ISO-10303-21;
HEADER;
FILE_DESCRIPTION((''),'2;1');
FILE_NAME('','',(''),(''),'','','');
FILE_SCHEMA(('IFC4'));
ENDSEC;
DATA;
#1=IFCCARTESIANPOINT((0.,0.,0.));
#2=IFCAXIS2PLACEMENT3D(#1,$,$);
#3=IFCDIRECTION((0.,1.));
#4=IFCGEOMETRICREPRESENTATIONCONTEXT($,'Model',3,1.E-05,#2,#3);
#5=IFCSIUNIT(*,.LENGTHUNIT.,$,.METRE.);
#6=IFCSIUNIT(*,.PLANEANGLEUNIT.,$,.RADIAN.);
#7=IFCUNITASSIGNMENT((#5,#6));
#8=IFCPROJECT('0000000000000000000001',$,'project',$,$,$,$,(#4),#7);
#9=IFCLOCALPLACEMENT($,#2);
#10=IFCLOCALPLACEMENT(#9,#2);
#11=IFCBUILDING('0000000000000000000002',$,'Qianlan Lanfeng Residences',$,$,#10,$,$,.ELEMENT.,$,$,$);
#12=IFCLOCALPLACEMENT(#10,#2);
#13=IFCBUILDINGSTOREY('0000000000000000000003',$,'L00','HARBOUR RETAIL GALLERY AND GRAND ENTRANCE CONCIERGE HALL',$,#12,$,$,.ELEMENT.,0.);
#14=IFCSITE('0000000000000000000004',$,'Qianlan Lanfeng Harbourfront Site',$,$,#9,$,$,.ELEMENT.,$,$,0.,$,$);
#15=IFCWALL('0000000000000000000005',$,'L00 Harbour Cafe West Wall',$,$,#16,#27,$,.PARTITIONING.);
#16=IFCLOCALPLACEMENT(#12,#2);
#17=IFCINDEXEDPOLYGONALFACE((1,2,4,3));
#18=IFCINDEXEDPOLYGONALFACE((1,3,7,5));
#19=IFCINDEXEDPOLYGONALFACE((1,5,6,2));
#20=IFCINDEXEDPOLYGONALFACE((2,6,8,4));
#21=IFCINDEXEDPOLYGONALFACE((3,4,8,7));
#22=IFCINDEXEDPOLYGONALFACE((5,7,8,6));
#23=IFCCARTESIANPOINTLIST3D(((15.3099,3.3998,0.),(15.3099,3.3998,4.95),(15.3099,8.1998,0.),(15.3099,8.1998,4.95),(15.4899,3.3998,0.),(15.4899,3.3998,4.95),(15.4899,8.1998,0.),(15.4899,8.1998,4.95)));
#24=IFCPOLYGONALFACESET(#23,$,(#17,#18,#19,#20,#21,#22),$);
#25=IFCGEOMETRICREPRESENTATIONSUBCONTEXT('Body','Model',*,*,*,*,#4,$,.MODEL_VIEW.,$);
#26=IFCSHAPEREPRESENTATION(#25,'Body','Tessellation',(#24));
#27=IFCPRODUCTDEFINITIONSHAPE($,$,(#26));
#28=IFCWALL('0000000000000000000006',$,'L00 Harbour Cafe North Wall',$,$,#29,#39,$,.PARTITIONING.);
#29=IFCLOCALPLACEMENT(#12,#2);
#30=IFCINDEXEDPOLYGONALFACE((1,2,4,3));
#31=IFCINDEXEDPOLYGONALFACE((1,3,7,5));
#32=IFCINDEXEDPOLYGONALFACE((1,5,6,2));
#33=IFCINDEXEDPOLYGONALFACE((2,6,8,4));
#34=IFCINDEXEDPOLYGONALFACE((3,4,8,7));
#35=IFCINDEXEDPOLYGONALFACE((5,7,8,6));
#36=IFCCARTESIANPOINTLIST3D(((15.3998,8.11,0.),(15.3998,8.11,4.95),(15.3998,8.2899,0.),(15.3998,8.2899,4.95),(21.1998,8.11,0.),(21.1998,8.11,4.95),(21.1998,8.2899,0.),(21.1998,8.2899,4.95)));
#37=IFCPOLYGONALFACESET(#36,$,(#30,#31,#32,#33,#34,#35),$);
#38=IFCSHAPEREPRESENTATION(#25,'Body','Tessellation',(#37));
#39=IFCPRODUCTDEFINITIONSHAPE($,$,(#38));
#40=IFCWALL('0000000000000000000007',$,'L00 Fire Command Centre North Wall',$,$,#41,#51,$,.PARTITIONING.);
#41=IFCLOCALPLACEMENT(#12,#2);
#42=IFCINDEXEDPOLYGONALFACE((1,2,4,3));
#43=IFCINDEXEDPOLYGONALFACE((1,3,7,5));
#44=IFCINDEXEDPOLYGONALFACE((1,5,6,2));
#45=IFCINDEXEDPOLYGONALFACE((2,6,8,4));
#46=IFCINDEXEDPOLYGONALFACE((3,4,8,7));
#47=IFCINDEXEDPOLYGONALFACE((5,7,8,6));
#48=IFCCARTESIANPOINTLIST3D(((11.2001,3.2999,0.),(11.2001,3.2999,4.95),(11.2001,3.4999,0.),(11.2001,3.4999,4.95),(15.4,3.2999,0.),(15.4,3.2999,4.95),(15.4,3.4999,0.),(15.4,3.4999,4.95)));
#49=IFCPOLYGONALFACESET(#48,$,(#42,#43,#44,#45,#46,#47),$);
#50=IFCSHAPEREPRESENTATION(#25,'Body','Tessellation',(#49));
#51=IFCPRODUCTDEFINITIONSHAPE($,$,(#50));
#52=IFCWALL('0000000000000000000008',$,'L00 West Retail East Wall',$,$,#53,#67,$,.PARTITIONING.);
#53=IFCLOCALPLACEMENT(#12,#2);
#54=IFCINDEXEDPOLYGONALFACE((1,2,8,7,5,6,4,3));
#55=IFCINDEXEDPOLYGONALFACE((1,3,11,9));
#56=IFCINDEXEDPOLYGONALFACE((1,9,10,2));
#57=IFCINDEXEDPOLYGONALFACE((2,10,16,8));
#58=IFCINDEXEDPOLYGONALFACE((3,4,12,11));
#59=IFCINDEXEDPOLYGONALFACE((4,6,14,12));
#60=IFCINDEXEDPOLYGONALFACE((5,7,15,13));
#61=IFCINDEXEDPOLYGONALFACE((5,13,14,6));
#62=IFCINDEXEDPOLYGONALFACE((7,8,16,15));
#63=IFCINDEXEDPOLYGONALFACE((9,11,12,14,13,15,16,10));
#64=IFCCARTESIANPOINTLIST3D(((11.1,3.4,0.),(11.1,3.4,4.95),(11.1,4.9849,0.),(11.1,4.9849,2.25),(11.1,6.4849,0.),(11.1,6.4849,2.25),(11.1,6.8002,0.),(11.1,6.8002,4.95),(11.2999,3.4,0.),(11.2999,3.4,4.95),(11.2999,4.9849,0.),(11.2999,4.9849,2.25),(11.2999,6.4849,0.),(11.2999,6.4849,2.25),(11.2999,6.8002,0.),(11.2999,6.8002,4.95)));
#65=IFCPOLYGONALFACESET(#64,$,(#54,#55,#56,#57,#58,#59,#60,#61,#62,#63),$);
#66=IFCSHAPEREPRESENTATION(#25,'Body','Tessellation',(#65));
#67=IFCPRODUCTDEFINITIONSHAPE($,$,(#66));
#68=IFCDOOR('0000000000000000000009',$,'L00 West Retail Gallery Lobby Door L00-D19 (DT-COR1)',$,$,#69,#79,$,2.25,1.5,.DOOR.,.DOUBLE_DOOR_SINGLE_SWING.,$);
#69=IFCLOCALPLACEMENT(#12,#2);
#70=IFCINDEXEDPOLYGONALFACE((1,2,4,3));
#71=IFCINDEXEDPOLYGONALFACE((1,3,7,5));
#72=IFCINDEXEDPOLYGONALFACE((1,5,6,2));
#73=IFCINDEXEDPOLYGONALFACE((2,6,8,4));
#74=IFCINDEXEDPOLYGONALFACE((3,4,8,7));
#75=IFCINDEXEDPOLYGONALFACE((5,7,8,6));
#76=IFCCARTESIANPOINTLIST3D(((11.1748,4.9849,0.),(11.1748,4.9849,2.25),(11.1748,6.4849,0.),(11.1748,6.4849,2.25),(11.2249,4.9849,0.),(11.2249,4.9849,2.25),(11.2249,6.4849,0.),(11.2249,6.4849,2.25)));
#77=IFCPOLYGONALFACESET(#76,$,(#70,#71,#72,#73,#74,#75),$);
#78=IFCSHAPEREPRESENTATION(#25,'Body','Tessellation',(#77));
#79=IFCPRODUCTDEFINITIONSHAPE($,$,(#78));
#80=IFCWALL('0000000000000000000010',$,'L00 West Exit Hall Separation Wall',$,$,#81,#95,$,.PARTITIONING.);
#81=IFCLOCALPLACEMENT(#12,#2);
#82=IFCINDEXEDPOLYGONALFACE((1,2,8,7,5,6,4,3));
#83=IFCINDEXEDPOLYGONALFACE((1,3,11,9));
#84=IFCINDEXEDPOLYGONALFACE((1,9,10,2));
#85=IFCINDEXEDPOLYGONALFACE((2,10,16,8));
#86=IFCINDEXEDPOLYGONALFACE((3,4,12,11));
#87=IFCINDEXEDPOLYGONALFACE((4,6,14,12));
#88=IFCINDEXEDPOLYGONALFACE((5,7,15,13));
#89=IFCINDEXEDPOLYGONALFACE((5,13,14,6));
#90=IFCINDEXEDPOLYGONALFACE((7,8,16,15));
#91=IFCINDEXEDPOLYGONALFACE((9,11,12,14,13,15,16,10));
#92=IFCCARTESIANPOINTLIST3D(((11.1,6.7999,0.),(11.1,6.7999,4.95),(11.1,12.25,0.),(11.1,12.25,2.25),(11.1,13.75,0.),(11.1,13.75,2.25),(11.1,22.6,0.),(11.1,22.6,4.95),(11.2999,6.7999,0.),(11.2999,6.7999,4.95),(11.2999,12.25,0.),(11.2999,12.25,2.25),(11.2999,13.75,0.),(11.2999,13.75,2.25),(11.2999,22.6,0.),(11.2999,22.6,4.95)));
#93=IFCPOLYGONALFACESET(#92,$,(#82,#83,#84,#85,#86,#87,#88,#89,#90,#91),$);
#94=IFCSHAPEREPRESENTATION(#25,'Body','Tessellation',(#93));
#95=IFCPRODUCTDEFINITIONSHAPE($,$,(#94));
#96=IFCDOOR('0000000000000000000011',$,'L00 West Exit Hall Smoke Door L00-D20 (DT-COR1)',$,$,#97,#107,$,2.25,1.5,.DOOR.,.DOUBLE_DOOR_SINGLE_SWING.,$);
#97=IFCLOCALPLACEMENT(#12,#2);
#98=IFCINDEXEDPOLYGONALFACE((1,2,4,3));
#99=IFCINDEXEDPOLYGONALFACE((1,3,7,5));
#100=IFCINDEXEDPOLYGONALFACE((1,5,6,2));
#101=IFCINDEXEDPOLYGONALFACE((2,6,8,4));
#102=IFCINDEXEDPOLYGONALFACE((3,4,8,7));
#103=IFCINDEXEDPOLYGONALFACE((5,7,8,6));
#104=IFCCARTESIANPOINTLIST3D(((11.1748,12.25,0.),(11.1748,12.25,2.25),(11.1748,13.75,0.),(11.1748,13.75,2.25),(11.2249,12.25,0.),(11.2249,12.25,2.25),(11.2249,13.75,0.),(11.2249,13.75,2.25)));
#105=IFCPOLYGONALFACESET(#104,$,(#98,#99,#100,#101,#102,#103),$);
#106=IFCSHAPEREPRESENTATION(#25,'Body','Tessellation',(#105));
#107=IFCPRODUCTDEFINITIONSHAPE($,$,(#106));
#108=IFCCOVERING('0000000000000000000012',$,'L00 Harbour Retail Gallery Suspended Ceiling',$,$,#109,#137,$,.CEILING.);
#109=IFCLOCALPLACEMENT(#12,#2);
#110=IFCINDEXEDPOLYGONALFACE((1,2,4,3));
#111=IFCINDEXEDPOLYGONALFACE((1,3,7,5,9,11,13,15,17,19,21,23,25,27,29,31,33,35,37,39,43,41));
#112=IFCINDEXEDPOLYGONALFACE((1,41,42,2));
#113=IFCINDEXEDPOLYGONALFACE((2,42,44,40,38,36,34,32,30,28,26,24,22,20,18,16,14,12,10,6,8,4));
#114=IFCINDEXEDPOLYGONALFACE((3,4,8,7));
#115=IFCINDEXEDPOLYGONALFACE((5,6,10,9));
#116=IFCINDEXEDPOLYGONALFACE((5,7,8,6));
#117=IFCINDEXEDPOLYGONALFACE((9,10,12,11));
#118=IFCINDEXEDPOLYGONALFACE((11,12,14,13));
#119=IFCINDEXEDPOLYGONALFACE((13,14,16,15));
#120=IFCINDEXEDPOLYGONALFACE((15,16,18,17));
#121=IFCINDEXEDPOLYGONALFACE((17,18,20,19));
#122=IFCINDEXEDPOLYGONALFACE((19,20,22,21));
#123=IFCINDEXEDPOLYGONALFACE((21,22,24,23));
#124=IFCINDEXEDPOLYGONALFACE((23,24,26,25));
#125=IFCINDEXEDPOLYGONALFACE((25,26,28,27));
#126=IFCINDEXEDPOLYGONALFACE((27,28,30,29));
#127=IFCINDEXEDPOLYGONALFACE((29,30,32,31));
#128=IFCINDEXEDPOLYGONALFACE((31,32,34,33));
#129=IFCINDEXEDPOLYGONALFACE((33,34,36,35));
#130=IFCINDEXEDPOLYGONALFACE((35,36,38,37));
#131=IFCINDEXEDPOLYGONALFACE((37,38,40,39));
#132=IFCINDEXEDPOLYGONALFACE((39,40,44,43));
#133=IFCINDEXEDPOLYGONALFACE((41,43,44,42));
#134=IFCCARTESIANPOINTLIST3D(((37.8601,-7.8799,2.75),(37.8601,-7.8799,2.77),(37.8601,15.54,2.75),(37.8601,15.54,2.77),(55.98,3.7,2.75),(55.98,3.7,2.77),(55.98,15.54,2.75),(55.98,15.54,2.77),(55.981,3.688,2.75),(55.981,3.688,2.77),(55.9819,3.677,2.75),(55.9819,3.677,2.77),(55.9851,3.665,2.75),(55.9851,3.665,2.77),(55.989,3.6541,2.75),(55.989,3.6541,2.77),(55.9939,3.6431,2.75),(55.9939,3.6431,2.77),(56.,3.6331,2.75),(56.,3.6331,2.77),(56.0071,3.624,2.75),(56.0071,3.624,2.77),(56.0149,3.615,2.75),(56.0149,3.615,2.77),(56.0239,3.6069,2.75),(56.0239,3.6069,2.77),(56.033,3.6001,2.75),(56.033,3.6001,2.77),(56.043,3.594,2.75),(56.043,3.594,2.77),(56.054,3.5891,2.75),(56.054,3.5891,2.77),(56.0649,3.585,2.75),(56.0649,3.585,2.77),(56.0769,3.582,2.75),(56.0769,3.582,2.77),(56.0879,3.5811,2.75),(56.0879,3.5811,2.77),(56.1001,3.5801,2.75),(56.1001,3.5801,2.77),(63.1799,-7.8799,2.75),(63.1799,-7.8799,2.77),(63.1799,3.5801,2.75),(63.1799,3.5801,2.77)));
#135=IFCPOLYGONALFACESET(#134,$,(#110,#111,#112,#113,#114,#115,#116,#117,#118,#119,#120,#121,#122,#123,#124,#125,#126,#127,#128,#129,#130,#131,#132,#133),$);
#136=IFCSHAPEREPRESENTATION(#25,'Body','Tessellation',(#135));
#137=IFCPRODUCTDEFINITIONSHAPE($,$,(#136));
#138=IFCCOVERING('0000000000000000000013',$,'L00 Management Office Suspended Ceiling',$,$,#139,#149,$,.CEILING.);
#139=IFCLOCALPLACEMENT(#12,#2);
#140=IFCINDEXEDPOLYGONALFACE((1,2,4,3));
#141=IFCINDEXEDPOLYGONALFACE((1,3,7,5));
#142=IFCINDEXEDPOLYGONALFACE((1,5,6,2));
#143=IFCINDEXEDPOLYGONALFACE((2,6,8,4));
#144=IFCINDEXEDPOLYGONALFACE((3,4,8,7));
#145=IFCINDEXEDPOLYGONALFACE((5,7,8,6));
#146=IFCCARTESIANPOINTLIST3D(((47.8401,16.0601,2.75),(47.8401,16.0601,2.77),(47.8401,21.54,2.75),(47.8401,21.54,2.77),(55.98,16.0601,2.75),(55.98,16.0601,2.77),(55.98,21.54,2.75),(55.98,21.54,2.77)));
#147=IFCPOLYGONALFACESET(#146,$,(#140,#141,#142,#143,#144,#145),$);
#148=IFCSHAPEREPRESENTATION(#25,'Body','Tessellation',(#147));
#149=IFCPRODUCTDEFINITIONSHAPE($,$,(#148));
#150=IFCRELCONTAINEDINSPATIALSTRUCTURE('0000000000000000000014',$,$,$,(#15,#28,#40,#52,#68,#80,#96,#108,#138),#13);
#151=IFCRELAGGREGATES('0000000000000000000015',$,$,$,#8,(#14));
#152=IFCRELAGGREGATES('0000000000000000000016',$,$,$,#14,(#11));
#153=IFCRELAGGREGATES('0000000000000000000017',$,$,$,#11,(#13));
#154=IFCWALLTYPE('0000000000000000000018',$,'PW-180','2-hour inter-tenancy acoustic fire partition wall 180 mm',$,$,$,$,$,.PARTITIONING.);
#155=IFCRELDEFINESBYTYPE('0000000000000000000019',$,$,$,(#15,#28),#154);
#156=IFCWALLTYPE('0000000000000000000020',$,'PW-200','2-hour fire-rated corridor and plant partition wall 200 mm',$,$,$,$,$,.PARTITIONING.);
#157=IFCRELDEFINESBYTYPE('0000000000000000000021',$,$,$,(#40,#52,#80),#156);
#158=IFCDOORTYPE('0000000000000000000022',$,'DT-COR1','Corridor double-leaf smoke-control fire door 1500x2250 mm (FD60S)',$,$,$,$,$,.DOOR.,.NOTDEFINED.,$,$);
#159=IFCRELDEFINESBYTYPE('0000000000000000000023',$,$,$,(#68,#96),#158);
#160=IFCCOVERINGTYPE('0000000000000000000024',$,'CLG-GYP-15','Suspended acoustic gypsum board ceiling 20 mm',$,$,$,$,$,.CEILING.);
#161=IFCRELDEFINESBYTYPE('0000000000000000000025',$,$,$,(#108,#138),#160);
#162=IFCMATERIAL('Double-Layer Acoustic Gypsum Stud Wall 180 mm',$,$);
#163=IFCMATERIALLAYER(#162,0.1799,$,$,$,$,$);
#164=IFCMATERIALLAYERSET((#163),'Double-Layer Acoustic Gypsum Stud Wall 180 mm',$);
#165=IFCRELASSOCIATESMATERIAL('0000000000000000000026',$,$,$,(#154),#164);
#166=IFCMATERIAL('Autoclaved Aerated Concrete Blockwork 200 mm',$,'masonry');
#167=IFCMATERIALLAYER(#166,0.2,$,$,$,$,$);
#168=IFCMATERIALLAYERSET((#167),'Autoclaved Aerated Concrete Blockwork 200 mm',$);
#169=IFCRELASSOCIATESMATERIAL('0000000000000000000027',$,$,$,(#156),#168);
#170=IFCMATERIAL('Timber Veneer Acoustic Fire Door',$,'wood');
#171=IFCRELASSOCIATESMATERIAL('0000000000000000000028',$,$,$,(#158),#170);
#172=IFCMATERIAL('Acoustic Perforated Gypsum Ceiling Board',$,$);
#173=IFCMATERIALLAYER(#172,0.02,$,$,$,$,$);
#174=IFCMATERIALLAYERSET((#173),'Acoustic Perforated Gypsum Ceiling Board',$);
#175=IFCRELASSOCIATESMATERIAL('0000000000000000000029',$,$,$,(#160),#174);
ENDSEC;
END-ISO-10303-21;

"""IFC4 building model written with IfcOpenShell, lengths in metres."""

from ifc_helpers import new_model, si_unit, direction, frame, frame_2d, origin, place, context, subcontext, project, spatial, polyline, rectangle, outline, extrude, material, layer, layer_set, type_object, element, fill, save


model = new_model("IFC4")

# Units and contexts
model_context = context("Model", 3, precision=1e-05, world=origin(), true_north=direction((0.0, 1.0)))
body_context = subcontext(model_context, "Body", "Model", "MODEL_VIEW")
ifc_project = project(units=[si_unit("LENGTHUNIT", "METRE"), si_unit("PLANEANGLEUNIT", "RADIAN")], contexts=[model_context])

# Site, building, storey
site_placement = place(None, origin())
site = spatial("IfcSite", under=ifc_project, at=site_placement, Name="Qianlan Lanfeng Harbourfront Site", CompositionType="ELEMENT", RefElevation=0.0)
building_placement = place(site_placement, origin())
building = spatial("IfcBuilding", under=site, at=building_placement, Name="Qianlan Lanfeng Residences", CompositionType="ELEMENT")
storey_placement = place(building_placement, origin())
storey = spatial("IfcBuildingStorey", under=building, at=storey_placement, Name="L00", Description="HARBOUR RETAIL GALLERY AND GRAND ENTRANCE CONCIERGE HALL", CompositionType="ELEMENT", Elevation=0.0)

# Walls
ifc_material_1 = material(Name="Double-Layer Acoustic Gypsum Stud Wall 180 mm")
ifc_layer_1 = layer(ifc_material_1, 0.1799)
ifc_layer_set_1 = layer_set([ifc_layer_1], Name="Double-Layer Acoustic Gypsum Stud Wall 180 mm")
wall_type_1 = type_object("IfcWallType", Name="PW-180", Description="2-hour inter-tenancy acoustic fire partition wall 180 mm", PredefinedType="PARTITIONING", material=ifc_layer_set_1)
wall_1_placement = place(storey_placement, frame((15.3999, 3.3999, 0.0), z_axis=(0.0, 0.0, 1.0), x_axis=(0.0, 1.0, 0.0)))
element("IfcWall", 1, at=wall_1_placement, inside=storey, type_object=wall_type_1, Name="L00 Harbour Cafe West Wall", PredefinedType="PARTITIONING", context=body_context, shape_type="SweptSolid", body=[
    extrude(rectangle(XDim=4.8, YDim=0.1799, at=frame_2d((2.3999, 0.0))), origin(), (0.0, 0.0, 1.0), 4.95),
])
wall_2_placement = place(storey_placement, frame((15.3999, 8.2, 0.0), z_axis=(0.0, 0.0, 1.0), x_axis=(1.0, 0.0, 0.0)))
element("IfcWall", 2, at=wall_2_placement, inside=storey, type_object=wall_type_1, Name="L00 Harbour Cafe North Wall", PredefinedType="PARTITIONING", context=body_context, shape_type="SweptSolid", body=[
    extrude(rectangle(XDim=5.8, YDim=0.1799, at=frame_2d((2.8999, 0.0))), origin(), (0.0, 0.0, 1.0), 4.95),
])
ifc_material_2 = material(Name="Autoclaved Aerated Concrete Blockwork 200 mm", Category="masonry")
ifc_layer_2 = layer(ifc_material_2, 0.2)
ifc_layer_set_2 = layer_set([ifc_layer_2], Name="Autoclaved Aerated Concrete Blockwork 200 mm")
wall_type_2 = type_object("IfcWallType", Name="PW-200", Description="2-hour fire-rated corridor and plant partition wall 200 mm", PredefinedType="PARTITIONING", material=ifc_layer_set_2)
wall_3_placement = place(storey_placement, frame((11.2, 3.3999, 0.0), z_axis=(0.0, 0.0, 1.0), x_axis=(1.0, 0.0, 0.0)))
element("IfcWall", 3, at=wall_3_placement, inside=storey, type_object=wall_type_2, Name="L00 Fire Command Centre North Wall", PredefinedType="PARTITIONING", context=body_context, shape_type="SweptSolid", body=[
    extrude(rectangle(XDim=4.2, YDim=0.2, at=frame_2d((2.1001, 0.0))), origin(), (0.0, 0.0, 1.0), 4.95),
])

# Walls, openings, doors
wall_4_placement = place(storey_placement, frame((11.2, 3.3999, 0.0), z_axis=(0.0, 0.0, 1.0), x_axis=(0.0, 1.0, 0.0)))
wall_4 = element("IfcWall", 4, at=wall_4_placement, inside=storey, type_object=wall_type_2, Name="L00 West Retail East Wall", PredefinedType="PARTITIONING", context=body_context, shape_type="SweptSolid", body=[
    extrude(rectangle(XDim=3.4001, YDim=0.2, at=frame_2d((1.7002, 0.0))), origin(), (0.0, 0.0, 1.0), 4.95),
])
opening_1_placement = place(wall_4_placement, frame((1.585, 0.0, 0.0)))
opening_1 = element("IfcOpeningElement", 5, at=opening_1_placement, cuts=wall_4, PredefinedType="OPENING", context=body_context, shape_type="SweptSolid", body=[
    extrude(rectangle(XDim=1.5, YDim=2.25, at=frame_2d((0.75, 1.125))), frame((0.0, 0.1099, 0.0), z_axis=(0.0, -1.0, 0.0), x_axis=(1.0, 0.0, 0.0)), (0.0, 0.0, 1.0), 0.22),
])
ifc_material_3 = material(Name="Timber Veneer Acoustic Fire Door", Category="wood")
door_type = type_object("IfcDoorType", Name="DT-COR1", Description="Corridor double-leaf smoke-control fire door 1500x2250 mm (FD60S)", OperationType="NOTDEFINED", PredefinedType="DOOR", material=ifc_material_3)
door_1_placement = place(opening_1_placement, frame((1.5, 0.0, 0.0), z_axis=(0.0, 0.0, 1.0), x_axis=(-1.0, 0.0, 0.0)))
door_1 = element("IfcDoor", 6, at=door_1_placement, inside=storey, type_object=door_type, Name="L00 West Retail Gallery Lobby Door L00-D19 (DT-COR1)", OperationType="DOUBLE_DOOR_SINGLE_SWING", OverallHeight=2.25, OverallWidth=1.5, PredefinedType="DOOR", context=body_context, shape_type="SweptSolid", body=[
    extrude(rectangle(XDim=1.5, YDim=2.25, at=frame_2d((0.75, 1.125))), frame((0.0, 0.0249, 0.0), z_axis=(0.0, -1.0, 0.0), x_axis=(1.0, 0.0, 0.0)), (0.0, 0.0, 1.0), 0.05),
])
fill(opening_1, door_1)
wall_5_placement = place(storey_placement, frame((11.2, 6.8, 0.0), z_axis=(0.0, 0.0, 1.0), x_axis=(0.0, 1.0, 0.0)))
wall_5 = element("IfcWall", 7, at=wall_5_placement, inside=storey, type_object=wall_type_2, Name="L00 West Exit Hall Separation Wall", PredefinedType="PARTITIONING", context=body_context, shape_type="SweptSolid", body=[
    extrude(rectangle(XDim=15.8, YDim=0.2, at=frame_2d((7.8999, 0.0))), origin(), (0.0, 0.0, 1.0), 4.95),
])
opening_2_placement = place(wall_5_placement, frame((5.45, 0.0, 0.0)))
opening_2 = element("IfcOpeningElement", 8, at=opening_2_placement, cuts=wall_5, PredefinedType="OPENING", context=body_context, shape_type="SweptSolid", body=[
    extrude(rectangle(XDim=1.5, YDim=2.25, at=frame_2d((0.75, 1.125))), frame((0.0, 0.1099, 0.0), z_axis=(0.0, -1.0, 0.0), x_axis=(1.0, 0.0, 0.0)), (0.0, 0.0, 1.0), 0.22),
])
door_2_placement = place(opening_2_placement, frame((1.5, 0.0, 0.0), z_axis=(0.0, 0.0, 1.0), x_axis=(-1.0, 0.0, 0.0)))
door_2 = element("IfcDoor", 9, at=door_2_placement, inside=storey, type_object=door_type, Name="L00 West Exit Hall Smoke Door L00-D20 (DT-COR1)", OperationType="DOUBLE_DOOR_SINGLE_SWING", OverallHeight=2.25, OverallWidth=1.5, PredefinedType="DOOR", context=body_context, shape_type="SweptSolid", body=[
    extrude(rectangle(XDim=1.5, YDim=2.25, at=frame_2d((0.75, 1.125))), frame((0.0, 0.0249, 0.0), z_axis=(0.0, -1.0, 0.0), x_axis=(1.0, 0.0, 0.0)), (0.0, 0.0, 1.0), 0.05),
])
fill(opening_2, door_2)

# Coverings
ifc_material_4 = material(Name="Acoustic Perforated Gypsum Ceiling Board")
ifc_layer_3 = layer(ifc_material_4, 0.02)
ifc_layer_set_3 = layer_set([ifc_layer_3], Name="Acoustic Perforated Gypsum Ceiling Board")
covering_type_1 = type_object("IfcCoveringType", Name="CLG-GYP-15", Description="Suspended acoustic gypsum board ceiling 20 mm", PredefinedType="CEILING", material=ifc_layer_set_3)
covering_1_placement = place(storey_placement, frame((0.0, 0.0, 2.75)))
element("IfcCovering", 10, at=covering_1_placement, inside=storey, type_object=covering_type_1, Name="L00 Harbour Retail Gallery Suspended Ceiling", PredefinedType="CEILING", context=body_context, shape_type="SweptSolid", body=[
    extrude(outline(polyline([(63.1799, -7.8799), (63.1799, 3.5801), (56.1001, 3.5801), (56.0879, 3.5811), (56.0769, 3.582), (56.0649, 3.585), (56.054, 3.5891), (56.043, 3.594), (56.033, 3.6001), (56.0239, 3.6069), (56.0149, 3.615), (56.0071, 3.624), (56.0, 3.6331), (55.9939, 3.6431), (55.989, 3.6541), (55.9851, 3.665), (55.9819, 3.677), (55.981, 3.688), (55.98, 3.7), (55.98, 15.54), (37.8601, 15.54), (37.8601, -7.8799), (63.1799, -7.8799)])), origin(), (0.0, 0.0, 1.0), 0.02),
])
covering_2_placement = place(storey_placement, frame((0.0, 0.0, 2.75)))
element("IfcCovering", 11, at=covering_2_placement, inside=storey, type_object=covering_type_1, Name="L00 Management Office Suspended Ceiling", PredefinedType="CEILING", context=body_context, shape_type="SweptSolid", body=[
    extrude(outline(polyline([(47.8401, 16.0601), (55.98, 16.0601), (55.98, 21.54), (47.8401, 21.54), (47.8401, 16.0601)])), origin(), (0.0, 0.0, 1.0), 0.02),
])

save(model, "model.ifc")
